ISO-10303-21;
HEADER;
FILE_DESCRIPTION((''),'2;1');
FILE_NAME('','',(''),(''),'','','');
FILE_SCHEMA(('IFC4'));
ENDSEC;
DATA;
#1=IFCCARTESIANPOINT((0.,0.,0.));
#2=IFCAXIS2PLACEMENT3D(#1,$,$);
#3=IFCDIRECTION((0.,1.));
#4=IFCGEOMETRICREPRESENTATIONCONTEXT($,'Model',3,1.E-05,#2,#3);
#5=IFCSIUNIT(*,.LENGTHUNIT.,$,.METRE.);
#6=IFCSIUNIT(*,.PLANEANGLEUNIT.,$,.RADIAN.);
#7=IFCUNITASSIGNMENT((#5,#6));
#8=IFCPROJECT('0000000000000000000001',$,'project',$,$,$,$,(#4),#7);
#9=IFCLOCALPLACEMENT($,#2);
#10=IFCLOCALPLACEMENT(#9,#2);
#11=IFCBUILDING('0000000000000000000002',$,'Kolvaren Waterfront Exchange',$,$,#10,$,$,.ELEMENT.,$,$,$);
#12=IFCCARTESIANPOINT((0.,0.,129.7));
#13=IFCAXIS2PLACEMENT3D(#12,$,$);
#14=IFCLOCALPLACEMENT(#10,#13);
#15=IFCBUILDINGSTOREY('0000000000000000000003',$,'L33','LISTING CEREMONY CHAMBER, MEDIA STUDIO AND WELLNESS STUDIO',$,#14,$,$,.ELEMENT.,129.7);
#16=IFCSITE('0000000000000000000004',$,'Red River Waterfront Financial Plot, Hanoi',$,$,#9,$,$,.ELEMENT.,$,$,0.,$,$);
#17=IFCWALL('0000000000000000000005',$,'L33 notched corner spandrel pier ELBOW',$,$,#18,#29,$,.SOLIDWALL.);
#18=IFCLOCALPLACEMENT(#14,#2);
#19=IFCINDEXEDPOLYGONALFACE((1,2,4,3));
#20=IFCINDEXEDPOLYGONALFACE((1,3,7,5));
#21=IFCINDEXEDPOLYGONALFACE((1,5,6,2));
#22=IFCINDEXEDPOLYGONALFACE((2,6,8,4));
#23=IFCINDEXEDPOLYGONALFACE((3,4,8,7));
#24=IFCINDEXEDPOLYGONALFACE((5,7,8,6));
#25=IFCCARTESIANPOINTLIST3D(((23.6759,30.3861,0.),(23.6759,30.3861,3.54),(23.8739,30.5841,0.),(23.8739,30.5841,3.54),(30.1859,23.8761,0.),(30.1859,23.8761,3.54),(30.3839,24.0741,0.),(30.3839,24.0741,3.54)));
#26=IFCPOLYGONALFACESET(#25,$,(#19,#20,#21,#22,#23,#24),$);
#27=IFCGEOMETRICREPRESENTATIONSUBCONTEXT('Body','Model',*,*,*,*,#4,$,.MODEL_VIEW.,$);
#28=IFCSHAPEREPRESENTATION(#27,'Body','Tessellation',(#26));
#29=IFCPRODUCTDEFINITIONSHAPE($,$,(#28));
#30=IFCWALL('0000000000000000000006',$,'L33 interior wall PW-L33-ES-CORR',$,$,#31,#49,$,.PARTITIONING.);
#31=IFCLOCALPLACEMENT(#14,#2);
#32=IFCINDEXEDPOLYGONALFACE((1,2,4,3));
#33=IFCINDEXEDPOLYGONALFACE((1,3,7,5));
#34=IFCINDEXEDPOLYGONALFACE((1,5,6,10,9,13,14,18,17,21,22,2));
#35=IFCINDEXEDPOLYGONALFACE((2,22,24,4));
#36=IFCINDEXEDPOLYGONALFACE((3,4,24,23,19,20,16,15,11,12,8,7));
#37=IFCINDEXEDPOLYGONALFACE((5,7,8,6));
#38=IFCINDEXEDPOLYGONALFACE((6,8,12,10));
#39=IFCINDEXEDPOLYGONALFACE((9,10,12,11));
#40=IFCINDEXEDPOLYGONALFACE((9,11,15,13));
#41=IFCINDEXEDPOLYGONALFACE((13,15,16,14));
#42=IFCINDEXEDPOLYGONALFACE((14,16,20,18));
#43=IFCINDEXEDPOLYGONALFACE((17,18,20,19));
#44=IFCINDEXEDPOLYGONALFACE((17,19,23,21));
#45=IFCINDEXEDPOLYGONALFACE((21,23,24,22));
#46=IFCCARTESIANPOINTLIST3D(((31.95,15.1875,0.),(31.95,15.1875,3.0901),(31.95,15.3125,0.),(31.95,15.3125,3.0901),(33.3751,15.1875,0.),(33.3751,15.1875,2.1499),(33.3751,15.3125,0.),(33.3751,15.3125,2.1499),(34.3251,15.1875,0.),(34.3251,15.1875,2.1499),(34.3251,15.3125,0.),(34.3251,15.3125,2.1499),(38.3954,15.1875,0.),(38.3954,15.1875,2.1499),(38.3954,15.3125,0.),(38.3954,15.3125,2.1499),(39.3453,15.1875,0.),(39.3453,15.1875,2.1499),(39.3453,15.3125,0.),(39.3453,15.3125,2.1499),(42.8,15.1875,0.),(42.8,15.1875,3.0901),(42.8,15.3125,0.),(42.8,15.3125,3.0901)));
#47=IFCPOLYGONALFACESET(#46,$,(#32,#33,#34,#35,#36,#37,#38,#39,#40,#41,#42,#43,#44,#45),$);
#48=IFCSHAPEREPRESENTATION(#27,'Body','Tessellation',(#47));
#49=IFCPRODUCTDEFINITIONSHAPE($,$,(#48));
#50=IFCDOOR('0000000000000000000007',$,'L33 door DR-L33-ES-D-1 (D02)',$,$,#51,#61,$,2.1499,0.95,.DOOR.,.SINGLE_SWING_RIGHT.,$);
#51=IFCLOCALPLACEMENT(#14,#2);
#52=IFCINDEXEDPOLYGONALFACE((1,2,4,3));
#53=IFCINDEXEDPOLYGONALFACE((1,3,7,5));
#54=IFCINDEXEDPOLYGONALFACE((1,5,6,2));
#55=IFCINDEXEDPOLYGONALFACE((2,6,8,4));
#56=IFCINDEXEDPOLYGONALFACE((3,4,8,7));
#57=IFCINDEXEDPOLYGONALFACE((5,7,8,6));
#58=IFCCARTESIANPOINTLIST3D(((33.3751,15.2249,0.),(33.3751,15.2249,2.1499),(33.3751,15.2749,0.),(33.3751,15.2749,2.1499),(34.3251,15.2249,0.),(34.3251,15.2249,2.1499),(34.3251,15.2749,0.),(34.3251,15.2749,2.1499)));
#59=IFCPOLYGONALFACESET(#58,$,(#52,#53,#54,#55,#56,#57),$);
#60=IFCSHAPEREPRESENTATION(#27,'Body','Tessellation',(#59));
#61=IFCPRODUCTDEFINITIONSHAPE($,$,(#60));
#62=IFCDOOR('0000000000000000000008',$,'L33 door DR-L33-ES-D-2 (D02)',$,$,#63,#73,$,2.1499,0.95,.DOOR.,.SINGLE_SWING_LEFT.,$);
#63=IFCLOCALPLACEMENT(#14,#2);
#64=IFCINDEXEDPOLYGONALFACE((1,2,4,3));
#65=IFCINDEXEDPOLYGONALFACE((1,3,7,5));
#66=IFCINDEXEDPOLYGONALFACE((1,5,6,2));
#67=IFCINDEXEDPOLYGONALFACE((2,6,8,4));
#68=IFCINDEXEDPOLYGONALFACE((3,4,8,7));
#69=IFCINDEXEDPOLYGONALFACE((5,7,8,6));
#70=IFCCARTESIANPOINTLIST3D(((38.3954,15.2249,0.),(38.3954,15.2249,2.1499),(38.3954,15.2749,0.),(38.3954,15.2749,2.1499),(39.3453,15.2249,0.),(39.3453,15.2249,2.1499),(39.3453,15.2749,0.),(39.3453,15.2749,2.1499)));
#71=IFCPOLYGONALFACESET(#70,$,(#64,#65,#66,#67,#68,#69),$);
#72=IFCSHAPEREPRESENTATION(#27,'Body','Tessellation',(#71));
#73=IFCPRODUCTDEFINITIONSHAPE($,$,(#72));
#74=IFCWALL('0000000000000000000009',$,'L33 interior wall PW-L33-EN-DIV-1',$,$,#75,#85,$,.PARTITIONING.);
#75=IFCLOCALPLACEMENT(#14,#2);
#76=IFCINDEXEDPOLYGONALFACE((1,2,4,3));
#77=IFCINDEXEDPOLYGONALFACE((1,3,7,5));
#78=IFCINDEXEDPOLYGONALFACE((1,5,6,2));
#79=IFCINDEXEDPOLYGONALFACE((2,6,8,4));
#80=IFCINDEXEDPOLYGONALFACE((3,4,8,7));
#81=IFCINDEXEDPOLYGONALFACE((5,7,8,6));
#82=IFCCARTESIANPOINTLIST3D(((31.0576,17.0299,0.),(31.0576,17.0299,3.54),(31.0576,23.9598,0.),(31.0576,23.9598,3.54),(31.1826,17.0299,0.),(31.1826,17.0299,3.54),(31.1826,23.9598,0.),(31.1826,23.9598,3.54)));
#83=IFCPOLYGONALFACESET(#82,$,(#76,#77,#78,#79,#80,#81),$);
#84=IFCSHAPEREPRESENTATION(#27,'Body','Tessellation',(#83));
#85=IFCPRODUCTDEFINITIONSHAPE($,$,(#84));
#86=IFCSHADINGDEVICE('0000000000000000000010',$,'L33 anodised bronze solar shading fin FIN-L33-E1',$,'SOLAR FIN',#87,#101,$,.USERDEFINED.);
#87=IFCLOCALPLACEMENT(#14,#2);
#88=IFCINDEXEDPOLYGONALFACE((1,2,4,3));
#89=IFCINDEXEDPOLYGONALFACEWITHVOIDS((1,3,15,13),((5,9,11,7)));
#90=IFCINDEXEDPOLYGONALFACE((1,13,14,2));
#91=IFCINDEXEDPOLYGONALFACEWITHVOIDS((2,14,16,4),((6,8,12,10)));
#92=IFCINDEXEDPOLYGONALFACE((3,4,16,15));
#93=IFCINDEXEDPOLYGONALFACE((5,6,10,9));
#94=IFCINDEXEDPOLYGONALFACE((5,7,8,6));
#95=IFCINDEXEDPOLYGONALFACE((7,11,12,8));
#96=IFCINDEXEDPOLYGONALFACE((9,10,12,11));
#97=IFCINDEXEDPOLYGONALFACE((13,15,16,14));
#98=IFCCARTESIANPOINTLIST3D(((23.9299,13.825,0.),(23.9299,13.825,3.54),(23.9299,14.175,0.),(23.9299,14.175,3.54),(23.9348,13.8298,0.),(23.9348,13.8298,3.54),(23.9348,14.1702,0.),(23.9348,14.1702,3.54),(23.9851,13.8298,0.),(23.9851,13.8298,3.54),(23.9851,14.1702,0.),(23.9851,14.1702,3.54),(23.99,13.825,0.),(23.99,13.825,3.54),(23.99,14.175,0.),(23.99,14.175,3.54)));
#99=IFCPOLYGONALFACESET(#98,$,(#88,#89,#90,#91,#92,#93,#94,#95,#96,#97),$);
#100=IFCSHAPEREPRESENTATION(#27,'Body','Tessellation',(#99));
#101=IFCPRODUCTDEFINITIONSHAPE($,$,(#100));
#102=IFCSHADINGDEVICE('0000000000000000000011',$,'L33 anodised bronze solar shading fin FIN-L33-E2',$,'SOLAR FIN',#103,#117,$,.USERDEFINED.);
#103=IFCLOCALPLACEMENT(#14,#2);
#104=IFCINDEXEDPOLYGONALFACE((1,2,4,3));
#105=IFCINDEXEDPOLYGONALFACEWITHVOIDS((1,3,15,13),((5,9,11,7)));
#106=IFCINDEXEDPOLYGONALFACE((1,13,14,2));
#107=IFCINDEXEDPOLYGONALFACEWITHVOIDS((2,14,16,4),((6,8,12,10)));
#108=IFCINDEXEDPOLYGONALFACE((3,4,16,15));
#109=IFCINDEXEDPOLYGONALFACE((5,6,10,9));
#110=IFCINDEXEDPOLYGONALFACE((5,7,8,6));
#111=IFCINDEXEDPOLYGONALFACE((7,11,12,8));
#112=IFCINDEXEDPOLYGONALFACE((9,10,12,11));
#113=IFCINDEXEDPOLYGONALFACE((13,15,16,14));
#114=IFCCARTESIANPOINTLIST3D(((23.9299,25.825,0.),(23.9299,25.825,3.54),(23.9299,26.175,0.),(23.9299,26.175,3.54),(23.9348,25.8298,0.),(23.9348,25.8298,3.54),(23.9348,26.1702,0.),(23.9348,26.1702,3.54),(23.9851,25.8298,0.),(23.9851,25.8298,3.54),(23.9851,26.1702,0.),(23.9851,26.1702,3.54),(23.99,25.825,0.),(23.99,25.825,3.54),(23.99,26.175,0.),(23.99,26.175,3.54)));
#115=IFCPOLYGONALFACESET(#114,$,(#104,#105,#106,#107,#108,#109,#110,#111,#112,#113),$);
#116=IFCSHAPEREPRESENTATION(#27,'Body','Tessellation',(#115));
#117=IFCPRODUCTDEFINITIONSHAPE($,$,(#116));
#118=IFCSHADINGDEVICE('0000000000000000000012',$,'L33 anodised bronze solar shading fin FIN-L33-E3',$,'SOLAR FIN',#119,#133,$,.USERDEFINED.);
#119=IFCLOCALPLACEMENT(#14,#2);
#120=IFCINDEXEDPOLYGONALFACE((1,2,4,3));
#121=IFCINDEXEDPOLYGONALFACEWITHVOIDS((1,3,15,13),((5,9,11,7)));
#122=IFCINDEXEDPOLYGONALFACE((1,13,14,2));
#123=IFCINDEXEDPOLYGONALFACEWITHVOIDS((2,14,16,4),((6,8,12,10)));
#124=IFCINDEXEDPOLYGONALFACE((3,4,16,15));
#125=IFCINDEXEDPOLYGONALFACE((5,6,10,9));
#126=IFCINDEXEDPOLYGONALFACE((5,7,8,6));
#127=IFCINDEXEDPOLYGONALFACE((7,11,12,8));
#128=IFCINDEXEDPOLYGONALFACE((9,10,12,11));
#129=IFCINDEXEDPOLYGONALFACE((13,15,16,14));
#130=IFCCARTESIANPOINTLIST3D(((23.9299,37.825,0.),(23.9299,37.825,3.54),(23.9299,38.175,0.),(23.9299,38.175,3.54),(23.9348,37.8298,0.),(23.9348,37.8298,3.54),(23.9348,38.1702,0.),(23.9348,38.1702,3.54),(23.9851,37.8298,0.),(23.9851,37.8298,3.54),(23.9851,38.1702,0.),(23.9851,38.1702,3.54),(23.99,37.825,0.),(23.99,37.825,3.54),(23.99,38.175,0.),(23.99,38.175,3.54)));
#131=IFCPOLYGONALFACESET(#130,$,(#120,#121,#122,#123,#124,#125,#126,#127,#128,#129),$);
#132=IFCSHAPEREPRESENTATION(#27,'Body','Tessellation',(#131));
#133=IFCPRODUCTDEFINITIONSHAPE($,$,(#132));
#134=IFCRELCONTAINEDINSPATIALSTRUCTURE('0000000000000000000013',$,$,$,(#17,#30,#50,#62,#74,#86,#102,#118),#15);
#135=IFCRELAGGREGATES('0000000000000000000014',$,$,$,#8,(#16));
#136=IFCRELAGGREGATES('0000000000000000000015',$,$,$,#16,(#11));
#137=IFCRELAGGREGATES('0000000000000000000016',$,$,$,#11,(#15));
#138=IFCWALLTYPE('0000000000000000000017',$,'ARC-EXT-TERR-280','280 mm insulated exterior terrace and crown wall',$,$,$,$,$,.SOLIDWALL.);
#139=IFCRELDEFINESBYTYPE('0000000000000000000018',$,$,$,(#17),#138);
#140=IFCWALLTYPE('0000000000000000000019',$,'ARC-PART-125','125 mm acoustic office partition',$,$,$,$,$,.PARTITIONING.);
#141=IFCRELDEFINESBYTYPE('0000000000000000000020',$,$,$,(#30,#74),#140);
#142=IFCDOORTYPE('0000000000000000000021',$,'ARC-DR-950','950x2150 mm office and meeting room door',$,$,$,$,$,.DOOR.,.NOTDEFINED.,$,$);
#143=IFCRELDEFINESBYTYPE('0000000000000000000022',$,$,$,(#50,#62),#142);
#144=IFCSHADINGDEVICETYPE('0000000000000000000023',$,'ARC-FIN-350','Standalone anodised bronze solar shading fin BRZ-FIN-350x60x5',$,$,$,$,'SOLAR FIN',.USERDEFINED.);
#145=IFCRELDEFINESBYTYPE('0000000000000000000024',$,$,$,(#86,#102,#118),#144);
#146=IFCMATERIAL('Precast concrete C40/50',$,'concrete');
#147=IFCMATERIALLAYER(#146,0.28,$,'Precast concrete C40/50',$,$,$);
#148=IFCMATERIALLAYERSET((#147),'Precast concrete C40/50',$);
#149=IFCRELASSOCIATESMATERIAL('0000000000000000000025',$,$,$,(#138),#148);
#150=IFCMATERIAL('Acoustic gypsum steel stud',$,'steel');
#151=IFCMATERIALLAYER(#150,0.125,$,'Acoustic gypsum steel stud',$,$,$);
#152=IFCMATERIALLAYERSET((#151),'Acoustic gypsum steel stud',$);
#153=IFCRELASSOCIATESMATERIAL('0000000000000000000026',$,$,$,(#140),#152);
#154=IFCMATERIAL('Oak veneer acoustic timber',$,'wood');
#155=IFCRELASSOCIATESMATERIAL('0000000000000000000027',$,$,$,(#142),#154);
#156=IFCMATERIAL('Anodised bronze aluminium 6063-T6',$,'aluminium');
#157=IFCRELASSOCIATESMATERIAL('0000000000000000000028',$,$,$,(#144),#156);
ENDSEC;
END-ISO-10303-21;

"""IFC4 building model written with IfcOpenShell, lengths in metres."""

from ifc_helpers import new_model, si_unit, direction, frame, frame_2d, origin, origin_2d, place, context, subcontext, project, spatial, rectangle, hollow_rectangle, extrude, material, layer, layer_set, material_profile, profile_set, type_object, element, fill, save


model = new_model("IFC4")

# Units and contexts
model_context = context("Model", 3, precision=1e-05, world=origin(), true_north=direction((0.0, 1.0)))
body_context = subcontext(model_context, "Body", "Model", "MODEL_VIEW")
ifc_project = project(units=[si_unit("LENGTHUNIT", "METRE"), si_unit("PLANEANGLEUNIT", "RADIAN")], contexts=[model_context])

# Site, building, storey
site_placement = place(None, origin())
site = spatial("IfcSite", under=ifc_project, at=site_placement, Name="Red River Waterfront Financial Plot, Hanoi", CompositionType="ELEMENT", RefElevation=0.0)
building_placement = place(site_placement, origin())
building = spatial("IfcBuilding", under=site, at=building_placement, Name="Kolvaren Waterfront Exchange", CompositionType="ELEMENT")
storey_placement = place(building_placement, frame((0.0, 0.0, 129.7)))
storey = spatial("IfcBuildingStorey", under=building, at=storey_placement, Name="L33", Description="LISTING CEREMONY CHAMBER, MEDIA STUDIO AND WELLNESS STUDIO", CompositionType="ELEMENT", Elevation=129.7)

# Shared definitions
ifc_material_1 = material(Name="Anodised bronze aluminium 6063-T6", Category="aluminium")

# Wall
ifc_material_2 = material(Name="Precast concrete C40/50", Category="concrete")
ifc_layer_1 = layer(ifc_material_2, 0.28, Name="Precast concrete C40/50")
ifc_layer_set_1 = layer_set([ifc_layer_1], Name="Precast concrete C40/50")
wall_type_1 = type_object("IfcWallType", Name="ARC-EXT-TERR-280", Description="280 mm insulated exterior terrace and crown wall", PredefinedType="SOLIDWALL", material=ifc_layer_set_1)
wall_1_placement = place(storey_placement, frame((30.2849, 23.9751, 0.0), z_axis=(0.0, 0.0, 1.0), x_axis=(-0.707107, 0.707107, 0.0)))
element("IfcWall", 1, at=wall_1_placement, inside=storey, type_object=wall_type_1, Name="L33 notched corner spandrel pier ELBOW", PredefinedType="SOLIDWALL", context=body_context, shape_type="SweptSolid", body=[
    extrude(rectangle(XDim=9.2065, YDim=0.28, at=frame_2d((4.6033, 0.0))), origin(), (0.0, 0.0, 1.0), 3.54),
])

# Wall, openings, doors
ifc_material_3 = material(Name="Acoustic gypsum steel stud", Category="steel")
ifc_layer_2 = layer(ifc_material_3, 0.125, Name="Acoustic gypsum steel stud")
ifc_layer_set_2 = layer_set([ifc_layer_2], Name="Acoustic gypsum steel stud")
wall_type_2 = type_object("IfcWallType", Name="ARC-PART-125", Description="125 mm acoustic office partition", PredefinedType="PARTITIONING", material=ifc_layer_set_2)
wall_2_placement = place(storey_placement, frame((31.95, 15.25, 0.0), z_axis=(0.0, 0.0, 1.0), x_axis=(1.0, 0.0, 0.0)))
wall_2 = element("IfcWall", 2, at=wall_2_placement, inside=storey, type_object=wall_type_2, Name="L33 interior wall PW-L33-ES-CORR", PredefinedType="PARTITIONING", context=body_context, shape_type="SweptSolid", body=[
    extrude(rectangle(XDim=10.8501, YDim=0.125, at=frame_2d((5.425, 0.0))), origin(), (0.0, 0.0, 1.0), 3.0901),
])
opening_1_placement = place(wall_2_placement, frame((1.425, 0.0, 0.0)))
opening_1 = element("IfcOpeningElement", 3, at=opening_1_placement, cuts=wall_2, PredefinedType="OPENING", context=body_context, shape_type="SweptSolid", body=[
    extrude(rectangle(XDim=0.95, YDim=2.1499, at=frame_2d((0.4751, 1.075))), frame((0.0, 0.0725, 0.0), z_axis=(0.0, -1.0, 0.0), x_axis=(1.0, 0.0, 0.0)), (0.0, 0.0, 1.0), 0.145),
])
opening_2_placement = place(wall_2_placement, frame((6.4453, 0.0, 0.0)))
opening_2 = element("IfcOpeningElement", 4, at=opening_2_placement, cuts=wall_2, PredefinedType="OPENING", context=body_context, shape_type="SweptSolid", body=[
    extrude(rectangle(XDim=0.95, YDim=2.1499, at=frame_2d((0.4751, 1.075))), frame((0.0, 0.0725, 0.0), z_axis=(0.0, -1.0, 0.0), x_axis=(1.0, 0.0, 0.0)), (0.0, 0.0, 1.0), 0.145),
])
ifc_material_4 = material(Name="Oak veneer acoustic timber", Category="wood")
door_type = type_object("IfcDoorType", Name="ARC-DR-950", Description="950x2150 mm office and meeting room door", OperationType="NOTDEFINED", PredefinedType="DOOR", material=ifc_material_4)
door_1_placement = place(opening_1_placement, origin())
door_1 = element("IfcDoor", 5, at=door_1_placement, inside=storey, type_object=door_type, Name="L33 door DR-L33-ES-D-1 (D02)", OperationType="SINGLE_SWING_RIGHT", OverallHeight=2.1499, OverallWidth=0.95, PredefinedType="DOOR", context=body_context, shape_type="SweptSolid", body=[
    extrude(rectangle(XDim=0.95, YDim=2.1499, at=frame_2d((0.4751, 1.075))), frame((0.0, 0.0249, 0.0), z_axis=(0.0, -1.0, 0.0), x_axis=(1.0, 0.0, 0.0)), (0.0, 0.0, 1.0), 0.05),
])
fill(opening_1, door_1)
door_2_placement = place(opening_2_placement, origin())
door_2 = element("IfcDoor", 6, at=door_2_placement, inside=storey, type_object=door_type, Name="L33 door DR-L33-ES-D-2 (D02)", OperationType="SINGLE_SWING_LEFT", OverallHeight=2.1499, OverallWidth=0.95, PredefinedType="DOOR", context=body_context, shape_type="SweptSolid", body=[
    extrude(rectangle(XDim=0.95, YDim=2.1499, at=frame_2d((0.4751, 1.075))), frame((0.0, 0.0249, 0.0), z_axis=(0.0, -1.0, 0.0), x_axis=(1.0, 0.0, 0.0)), (0.0, 0.0, 1.0), 0.05),
])
fill(opening_2, door_2)

# Wall
wall_3_placement = place(storey_placement, frame((31.1201, 17.03, 0.0), z_axis=(0.0, 0.0, 1.0), x_axis=(0.0, 1.0, 0.0)))
element("IfcWall", 7, at=wall_3_placement, inside=storey, type_object=wall_type_2, Name="L33 interior wall PW-L33-EN-DIV-1", PredefinedType="PARTITIONING", context=body_context, shape_type="SweptSolid", body=[
    extrude(rectangle(XDim=6.9299, YDim=0.125, at=frame_2d((3.4648, 0.0))), origin(), (0.0, 0.0, 1.0), 3.54),
])

# Shading devices
ifc_material_profile_1 = material_profile(ifc_material_1, hollow_rectangle(XDim=0.0601, YDim=0.3501, WallThickness=0.0049, at=origin_2d()), Name="BRZ-FIN-350x60x5")
ifc_profile_set_1 = profile_set([ifc_material_profile_1], Name="Anodised bronze aluminium 6063-T6")
shading_device_type = type_object("IfcShadingDeviceType", Name="ARC-FIN-350", Description="Standalone anodised bronze solar shading fin BRZ-FIN-350x60x5", ElementType="SOLAR FIN", PredefinedType="USERDEFINED", material=ifc_profile_set_1)
for number, where, z_axis, x_axis, name in (
    (8, (23.96, 14.0, 0.0), (0.0, 0.0, 1.0), (1.0, 0.0, 0.0), "L33 anodised bronze solar shading fin FIN-L33-E1"),
    (9, (23.96, 26.0, 0.0), (0.0, 0.0, 1.0), (1.0, 0.0, 0.0), "L33 anodised bronze solar shading fin FIN-L33-E2"),
    (10, (23.96, 38.0, 0.0), (0.0, 0.0, 1.0), (1.0, 0.0, 0.0), "L33 anodised bronze solar shading fin FIN-L33-E3"),
):
    element("IfcShadingDevice", number, at=place(storey_placement, frame(where, z_axis=z_axis, x_axis=x_axis)), inside=storey, type_object=shading_device_type, Name=name, ObjectType="SOLAR FIN", PredefinedType="USERDEFINED", context=body_context, shape_type="SweptSolid", body=[
        extrude(hollow_rectangle(XDim=0.0601, YDim=0.3501, WallThickness=0.0049, at=origin_2d()), origin(), (0.0, 0.0, 1.0), 3.54),
    ])

save(model, "model.ifc")
